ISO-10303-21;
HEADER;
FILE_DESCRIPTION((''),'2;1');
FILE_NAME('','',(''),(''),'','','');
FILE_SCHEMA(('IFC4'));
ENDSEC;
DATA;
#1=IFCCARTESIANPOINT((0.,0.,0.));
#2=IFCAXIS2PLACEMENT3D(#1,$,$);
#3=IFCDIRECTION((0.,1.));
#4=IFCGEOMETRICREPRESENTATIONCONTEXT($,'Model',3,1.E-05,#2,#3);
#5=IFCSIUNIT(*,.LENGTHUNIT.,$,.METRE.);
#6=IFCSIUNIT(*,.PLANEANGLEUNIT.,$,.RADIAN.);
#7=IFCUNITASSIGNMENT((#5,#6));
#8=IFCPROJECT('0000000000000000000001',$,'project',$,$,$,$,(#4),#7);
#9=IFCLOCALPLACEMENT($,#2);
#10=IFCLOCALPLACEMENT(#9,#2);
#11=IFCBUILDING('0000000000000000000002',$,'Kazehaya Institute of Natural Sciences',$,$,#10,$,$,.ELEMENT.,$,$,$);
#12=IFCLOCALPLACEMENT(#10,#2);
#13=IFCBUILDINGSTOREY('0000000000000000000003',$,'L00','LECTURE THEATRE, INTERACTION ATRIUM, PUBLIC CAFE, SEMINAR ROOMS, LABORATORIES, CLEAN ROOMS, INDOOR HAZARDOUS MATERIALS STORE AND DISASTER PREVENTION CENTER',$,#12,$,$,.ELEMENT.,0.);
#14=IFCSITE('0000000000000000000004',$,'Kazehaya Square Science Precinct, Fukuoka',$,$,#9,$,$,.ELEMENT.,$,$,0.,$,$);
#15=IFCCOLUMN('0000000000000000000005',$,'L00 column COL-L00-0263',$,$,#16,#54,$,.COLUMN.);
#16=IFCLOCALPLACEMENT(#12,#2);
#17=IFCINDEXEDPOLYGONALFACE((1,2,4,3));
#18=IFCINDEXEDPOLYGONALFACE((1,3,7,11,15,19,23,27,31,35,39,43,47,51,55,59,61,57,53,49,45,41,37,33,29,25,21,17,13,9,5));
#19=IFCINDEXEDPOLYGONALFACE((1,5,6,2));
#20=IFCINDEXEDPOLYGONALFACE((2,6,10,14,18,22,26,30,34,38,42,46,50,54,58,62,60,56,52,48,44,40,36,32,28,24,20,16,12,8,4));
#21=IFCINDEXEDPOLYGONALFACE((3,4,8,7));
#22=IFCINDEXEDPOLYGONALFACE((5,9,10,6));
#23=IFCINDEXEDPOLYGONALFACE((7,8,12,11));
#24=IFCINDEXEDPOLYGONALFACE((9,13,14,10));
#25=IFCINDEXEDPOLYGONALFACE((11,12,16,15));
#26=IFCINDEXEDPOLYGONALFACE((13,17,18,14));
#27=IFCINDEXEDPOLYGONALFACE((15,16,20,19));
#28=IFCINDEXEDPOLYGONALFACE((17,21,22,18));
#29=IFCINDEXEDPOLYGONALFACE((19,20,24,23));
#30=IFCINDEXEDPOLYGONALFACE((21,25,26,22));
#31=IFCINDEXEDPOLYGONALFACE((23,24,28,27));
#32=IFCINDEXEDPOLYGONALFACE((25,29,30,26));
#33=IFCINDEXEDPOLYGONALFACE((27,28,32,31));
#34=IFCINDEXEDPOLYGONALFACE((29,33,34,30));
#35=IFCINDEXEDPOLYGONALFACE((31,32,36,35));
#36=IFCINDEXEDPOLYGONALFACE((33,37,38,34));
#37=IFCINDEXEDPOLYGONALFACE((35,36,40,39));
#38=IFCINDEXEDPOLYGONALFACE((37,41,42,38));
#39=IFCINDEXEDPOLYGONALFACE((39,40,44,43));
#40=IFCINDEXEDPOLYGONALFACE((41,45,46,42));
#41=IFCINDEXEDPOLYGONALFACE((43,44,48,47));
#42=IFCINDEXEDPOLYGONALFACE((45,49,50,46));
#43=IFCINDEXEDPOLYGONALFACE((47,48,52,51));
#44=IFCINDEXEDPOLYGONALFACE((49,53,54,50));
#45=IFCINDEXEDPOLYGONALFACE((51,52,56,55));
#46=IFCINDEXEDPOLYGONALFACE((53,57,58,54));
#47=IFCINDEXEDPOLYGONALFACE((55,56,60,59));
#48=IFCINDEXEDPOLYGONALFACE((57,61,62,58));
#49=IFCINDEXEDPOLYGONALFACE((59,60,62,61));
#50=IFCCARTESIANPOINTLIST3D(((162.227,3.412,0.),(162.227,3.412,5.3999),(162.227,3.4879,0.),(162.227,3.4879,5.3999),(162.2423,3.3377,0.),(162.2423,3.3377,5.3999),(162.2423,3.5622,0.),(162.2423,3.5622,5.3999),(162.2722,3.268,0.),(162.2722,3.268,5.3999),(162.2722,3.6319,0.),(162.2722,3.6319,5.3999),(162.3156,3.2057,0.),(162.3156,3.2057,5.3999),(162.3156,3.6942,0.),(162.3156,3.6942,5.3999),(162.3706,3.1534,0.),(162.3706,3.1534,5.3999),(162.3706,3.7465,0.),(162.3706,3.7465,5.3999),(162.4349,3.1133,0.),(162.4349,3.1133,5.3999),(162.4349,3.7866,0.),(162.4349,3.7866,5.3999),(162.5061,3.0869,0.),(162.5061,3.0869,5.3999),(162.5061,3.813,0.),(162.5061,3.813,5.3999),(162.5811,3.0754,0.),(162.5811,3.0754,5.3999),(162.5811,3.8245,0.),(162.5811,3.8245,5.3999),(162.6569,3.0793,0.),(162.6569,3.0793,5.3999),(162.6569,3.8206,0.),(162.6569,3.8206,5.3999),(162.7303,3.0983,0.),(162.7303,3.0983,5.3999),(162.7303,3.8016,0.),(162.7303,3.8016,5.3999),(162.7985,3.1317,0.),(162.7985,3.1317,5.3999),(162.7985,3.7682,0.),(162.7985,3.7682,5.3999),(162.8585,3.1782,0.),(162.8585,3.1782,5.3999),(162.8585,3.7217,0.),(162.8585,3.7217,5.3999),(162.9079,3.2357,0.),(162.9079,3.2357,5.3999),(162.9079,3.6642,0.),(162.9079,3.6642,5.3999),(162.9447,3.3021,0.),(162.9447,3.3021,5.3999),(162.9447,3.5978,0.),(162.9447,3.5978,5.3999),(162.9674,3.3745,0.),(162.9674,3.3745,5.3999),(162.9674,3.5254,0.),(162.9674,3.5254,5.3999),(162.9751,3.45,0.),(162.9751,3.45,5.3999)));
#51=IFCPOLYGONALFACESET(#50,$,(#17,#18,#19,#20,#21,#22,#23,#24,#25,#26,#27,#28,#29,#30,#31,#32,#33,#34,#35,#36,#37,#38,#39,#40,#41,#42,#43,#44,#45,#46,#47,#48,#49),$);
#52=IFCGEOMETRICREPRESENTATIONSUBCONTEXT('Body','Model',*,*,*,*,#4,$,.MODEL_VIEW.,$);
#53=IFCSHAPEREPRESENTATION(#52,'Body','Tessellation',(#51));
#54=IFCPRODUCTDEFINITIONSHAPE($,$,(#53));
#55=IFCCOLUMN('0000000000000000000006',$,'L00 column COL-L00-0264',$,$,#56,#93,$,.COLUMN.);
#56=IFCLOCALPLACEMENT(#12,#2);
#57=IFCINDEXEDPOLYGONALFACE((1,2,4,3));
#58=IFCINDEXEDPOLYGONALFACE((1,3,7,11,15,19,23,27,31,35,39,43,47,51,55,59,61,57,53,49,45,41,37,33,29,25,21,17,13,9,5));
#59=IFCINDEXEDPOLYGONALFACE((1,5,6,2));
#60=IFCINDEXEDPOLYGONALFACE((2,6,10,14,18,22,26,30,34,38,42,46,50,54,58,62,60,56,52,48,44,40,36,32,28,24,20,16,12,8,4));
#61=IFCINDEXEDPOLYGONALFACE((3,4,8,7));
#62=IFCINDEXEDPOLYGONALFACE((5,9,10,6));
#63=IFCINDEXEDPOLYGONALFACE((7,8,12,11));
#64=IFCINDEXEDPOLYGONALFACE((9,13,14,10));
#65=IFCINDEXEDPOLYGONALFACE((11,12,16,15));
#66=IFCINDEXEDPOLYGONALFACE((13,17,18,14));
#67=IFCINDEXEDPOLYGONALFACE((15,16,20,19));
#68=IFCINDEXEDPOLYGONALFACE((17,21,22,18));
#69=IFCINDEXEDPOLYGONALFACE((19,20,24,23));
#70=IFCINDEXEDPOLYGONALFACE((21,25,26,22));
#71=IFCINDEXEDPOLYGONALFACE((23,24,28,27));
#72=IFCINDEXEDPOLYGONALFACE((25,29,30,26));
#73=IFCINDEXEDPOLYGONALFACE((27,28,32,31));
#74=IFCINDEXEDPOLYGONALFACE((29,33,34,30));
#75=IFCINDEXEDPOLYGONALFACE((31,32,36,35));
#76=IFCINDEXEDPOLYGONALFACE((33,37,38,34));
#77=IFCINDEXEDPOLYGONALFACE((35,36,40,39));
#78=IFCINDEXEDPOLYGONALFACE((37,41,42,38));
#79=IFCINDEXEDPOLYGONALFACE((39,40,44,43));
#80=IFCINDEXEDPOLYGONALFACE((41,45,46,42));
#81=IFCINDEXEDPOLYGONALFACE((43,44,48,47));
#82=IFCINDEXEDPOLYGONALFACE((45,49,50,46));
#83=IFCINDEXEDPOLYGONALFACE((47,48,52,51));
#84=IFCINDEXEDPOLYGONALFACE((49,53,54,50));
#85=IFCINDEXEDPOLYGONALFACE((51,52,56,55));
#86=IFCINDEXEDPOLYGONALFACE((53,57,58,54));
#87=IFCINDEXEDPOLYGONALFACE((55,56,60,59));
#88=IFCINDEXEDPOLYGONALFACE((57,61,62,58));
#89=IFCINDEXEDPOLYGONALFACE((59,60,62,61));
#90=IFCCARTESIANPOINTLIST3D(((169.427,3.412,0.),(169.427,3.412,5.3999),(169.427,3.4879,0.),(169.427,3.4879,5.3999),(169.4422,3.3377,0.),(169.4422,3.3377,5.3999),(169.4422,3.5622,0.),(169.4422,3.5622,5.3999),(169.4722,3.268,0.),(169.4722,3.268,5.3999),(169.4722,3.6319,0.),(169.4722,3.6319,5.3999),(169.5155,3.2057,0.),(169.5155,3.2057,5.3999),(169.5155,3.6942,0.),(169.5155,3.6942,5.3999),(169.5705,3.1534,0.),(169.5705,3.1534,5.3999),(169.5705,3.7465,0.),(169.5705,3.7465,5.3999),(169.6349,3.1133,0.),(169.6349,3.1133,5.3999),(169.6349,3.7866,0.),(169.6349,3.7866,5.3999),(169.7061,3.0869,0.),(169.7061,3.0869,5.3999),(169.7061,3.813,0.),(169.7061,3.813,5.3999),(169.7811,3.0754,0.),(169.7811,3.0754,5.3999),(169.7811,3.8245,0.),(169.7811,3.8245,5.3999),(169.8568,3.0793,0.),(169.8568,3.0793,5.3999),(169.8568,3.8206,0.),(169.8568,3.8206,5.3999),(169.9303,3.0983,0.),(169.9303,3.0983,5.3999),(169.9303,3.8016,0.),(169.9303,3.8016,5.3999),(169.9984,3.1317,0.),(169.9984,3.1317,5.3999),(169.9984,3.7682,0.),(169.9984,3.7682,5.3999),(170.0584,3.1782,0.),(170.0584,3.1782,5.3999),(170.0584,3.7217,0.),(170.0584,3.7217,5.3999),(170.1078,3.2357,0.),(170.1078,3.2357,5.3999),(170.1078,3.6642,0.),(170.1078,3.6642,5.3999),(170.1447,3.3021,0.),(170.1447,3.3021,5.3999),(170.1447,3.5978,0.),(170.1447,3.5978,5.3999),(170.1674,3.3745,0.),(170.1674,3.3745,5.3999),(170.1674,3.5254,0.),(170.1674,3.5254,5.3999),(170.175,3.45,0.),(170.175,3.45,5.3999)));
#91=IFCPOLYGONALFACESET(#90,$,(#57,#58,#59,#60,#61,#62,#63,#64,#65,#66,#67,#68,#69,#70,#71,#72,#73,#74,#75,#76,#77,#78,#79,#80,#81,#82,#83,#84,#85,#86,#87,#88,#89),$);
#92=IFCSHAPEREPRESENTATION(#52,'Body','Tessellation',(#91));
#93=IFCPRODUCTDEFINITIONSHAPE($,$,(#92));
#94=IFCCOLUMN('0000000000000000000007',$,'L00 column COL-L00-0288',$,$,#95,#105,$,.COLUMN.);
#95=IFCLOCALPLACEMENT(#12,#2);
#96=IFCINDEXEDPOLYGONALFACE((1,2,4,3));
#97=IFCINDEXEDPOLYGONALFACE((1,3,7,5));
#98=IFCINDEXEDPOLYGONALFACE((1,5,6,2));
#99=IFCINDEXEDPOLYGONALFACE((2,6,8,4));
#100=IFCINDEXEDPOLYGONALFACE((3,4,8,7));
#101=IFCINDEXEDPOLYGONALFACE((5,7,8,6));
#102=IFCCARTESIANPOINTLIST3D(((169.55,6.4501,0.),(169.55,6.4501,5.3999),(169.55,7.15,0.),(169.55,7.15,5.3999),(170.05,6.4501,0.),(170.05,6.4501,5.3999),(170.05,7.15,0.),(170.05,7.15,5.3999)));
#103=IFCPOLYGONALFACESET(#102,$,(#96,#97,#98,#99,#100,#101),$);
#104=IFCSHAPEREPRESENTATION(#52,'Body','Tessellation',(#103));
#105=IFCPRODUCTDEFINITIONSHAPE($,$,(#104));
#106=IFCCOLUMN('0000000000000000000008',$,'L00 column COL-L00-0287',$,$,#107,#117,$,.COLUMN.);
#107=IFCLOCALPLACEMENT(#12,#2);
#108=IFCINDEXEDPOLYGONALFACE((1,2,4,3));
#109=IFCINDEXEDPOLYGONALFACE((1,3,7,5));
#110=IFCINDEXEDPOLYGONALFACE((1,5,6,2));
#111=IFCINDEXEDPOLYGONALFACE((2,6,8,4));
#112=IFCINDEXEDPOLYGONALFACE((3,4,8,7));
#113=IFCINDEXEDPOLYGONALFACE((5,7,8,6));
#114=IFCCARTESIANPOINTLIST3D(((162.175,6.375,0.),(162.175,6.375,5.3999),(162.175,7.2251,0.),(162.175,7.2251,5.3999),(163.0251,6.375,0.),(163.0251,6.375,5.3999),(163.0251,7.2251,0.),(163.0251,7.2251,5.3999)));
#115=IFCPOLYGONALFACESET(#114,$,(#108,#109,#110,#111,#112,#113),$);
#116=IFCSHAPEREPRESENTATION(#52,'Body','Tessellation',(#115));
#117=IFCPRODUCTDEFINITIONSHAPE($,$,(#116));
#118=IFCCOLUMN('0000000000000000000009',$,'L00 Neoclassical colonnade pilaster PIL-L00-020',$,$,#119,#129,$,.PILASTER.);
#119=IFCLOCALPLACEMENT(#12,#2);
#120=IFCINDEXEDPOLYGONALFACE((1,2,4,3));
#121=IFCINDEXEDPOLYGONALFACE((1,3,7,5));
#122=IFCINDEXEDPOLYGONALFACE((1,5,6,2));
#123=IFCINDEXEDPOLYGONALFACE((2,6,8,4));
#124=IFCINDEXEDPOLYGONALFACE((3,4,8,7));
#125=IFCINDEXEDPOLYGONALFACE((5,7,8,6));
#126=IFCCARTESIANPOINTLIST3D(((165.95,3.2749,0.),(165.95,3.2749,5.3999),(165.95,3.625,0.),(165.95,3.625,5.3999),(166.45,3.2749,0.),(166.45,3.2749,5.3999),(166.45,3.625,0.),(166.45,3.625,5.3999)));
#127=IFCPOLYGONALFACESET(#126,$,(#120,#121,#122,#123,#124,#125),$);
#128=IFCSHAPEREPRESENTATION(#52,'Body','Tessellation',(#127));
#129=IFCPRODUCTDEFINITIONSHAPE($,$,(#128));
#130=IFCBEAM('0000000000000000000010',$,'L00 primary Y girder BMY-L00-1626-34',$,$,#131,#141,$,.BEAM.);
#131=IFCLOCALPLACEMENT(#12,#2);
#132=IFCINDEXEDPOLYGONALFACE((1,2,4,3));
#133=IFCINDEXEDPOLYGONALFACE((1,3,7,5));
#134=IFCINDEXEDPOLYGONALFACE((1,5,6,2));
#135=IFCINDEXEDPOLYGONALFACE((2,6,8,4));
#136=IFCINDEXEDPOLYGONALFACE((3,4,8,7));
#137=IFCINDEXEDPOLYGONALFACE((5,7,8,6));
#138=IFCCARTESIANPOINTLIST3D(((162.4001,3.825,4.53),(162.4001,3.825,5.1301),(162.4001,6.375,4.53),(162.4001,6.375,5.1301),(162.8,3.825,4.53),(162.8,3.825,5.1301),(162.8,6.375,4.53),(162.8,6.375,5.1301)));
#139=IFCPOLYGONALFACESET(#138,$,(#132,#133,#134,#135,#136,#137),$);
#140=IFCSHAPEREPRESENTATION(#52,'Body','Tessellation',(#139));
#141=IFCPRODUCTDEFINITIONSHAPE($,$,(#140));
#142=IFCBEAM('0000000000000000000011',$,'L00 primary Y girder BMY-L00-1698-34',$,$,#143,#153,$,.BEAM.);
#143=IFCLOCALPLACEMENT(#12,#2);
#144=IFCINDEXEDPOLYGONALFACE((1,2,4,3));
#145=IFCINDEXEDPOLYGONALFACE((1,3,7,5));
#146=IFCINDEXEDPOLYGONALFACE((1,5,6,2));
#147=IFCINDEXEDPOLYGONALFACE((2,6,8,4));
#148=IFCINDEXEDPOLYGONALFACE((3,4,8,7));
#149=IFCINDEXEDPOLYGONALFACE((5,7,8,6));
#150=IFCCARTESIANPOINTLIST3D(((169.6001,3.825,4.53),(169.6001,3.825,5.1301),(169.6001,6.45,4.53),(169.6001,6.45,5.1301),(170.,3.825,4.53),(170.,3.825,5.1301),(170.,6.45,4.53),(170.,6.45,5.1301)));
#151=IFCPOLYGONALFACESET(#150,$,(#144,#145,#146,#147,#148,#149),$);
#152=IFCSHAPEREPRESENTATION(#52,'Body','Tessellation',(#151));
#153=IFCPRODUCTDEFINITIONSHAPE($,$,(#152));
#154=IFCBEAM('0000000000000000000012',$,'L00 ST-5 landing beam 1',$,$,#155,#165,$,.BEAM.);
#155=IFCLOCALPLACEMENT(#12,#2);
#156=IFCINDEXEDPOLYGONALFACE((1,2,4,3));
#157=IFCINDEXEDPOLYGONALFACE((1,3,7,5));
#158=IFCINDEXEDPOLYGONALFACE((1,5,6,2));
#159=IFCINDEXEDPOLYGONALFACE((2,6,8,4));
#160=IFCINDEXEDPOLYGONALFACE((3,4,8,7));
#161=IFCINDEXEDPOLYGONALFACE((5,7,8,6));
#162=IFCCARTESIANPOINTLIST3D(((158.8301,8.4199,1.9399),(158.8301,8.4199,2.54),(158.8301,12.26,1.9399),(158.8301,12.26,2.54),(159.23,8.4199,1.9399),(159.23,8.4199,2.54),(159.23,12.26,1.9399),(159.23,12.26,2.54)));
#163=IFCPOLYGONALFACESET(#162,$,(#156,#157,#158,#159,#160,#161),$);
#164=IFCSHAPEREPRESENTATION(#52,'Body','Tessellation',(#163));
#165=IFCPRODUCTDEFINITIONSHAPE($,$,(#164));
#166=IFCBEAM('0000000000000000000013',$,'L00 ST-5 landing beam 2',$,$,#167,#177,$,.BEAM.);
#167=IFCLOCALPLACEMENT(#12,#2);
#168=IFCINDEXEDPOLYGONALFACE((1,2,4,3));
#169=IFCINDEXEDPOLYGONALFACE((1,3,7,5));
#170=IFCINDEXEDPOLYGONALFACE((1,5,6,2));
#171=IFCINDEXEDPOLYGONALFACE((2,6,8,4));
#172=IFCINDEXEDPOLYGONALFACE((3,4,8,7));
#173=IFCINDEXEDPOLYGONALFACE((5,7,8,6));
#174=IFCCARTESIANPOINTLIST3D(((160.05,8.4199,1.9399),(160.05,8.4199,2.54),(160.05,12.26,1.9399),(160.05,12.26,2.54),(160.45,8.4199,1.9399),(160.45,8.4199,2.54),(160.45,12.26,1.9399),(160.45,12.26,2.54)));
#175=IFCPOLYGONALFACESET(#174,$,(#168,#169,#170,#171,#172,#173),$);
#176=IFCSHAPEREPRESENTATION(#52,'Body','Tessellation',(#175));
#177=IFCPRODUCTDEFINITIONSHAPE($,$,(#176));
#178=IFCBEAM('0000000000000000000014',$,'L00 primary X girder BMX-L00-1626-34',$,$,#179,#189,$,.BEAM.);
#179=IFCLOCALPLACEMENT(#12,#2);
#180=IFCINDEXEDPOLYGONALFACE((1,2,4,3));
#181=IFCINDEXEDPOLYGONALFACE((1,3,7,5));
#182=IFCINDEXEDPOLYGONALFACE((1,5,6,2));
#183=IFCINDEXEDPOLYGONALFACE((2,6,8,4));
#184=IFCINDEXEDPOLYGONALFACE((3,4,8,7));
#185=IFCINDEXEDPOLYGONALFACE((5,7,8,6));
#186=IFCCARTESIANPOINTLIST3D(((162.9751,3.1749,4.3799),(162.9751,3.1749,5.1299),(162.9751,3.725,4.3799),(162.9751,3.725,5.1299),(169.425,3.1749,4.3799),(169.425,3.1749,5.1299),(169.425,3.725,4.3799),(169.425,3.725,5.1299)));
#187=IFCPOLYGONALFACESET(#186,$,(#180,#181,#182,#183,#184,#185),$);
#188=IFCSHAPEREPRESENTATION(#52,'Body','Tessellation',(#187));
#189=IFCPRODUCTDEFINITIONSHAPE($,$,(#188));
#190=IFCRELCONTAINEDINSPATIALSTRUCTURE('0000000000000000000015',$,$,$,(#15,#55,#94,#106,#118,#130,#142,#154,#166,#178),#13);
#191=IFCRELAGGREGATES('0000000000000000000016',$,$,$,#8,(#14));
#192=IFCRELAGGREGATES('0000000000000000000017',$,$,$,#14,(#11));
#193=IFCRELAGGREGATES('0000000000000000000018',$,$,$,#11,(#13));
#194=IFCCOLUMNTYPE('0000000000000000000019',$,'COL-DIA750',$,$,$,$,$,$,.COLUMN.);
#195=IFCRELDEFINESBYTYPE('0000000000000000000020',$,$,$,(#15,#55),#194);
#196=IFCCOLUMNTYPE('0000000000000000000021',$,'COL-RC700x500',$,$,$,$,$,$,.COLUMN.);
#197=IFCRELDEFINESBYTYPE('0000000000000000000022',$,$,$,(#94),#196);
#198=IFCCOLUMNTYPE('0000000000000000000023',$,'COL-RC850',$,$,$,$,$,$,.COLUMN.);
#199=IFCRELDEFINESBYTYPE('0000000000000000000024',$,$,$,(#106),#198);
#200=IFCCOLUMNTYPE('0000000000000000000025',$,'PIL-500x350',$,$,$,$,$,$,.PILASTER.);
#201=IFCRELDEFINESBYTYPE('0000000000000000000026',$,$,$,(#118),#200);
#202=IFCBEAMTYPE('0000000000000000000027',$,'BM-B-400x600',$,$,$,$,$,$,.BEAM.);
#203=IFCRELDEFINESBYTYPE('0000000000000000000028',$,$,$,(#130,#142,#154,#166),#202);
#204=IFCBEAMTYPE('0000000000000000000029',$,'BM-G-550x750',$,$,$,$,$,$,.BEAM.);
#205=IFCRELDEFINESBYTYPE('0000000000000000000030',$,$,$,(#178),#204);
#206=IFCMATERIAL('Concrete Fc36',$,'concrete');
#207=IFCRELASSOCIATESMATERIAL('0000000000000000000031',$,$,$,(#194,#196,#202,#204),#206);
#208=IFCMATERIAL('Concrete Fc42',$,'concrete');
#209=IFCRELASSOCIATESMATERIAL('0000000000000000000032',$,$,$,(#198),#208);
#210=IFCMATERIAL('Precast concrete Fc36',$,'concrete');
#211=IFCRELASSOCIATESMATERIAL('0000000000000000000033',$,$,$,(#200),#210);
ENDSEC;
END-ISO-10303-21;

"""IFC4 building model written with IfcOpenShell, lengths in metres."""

from ifc_helpers import new_model, si_unit, direction, frame, origin, origin_2d, place, context, subcontext, project, spatial, rectangle, circle, extrude, material, material_profile, profile_set, type_object, element, save


model = new_model("IFC4")

# Units and contexts
model_context = context("Model", 3, precision=1e-05, world=origin(), true_north=direction((0.0, 1.0)))
body_context = subcontext(model_context, "Body", "Model", "MODEL_VIEW")
ifc_project = project(units=[si_unit("LENGTHUNIT", "METRE"), si_unit("PLANEANGLEUNIT", "RADIAN")], contexts=[model_context])

# Site, building, storey
site_placement = place(None, origin())
site = spatial("IfcSite", under=ifc_project, at=site_placement, Name="Kazehaya Square Science Precinct, Fukuoka", CompositionType="ELEMENT", RefElevation=0.0)
building_placement = place(site_placement, origin())
building = spatial("IfcBuilding", under=site, at=building_placement, Name="Kazehaya Institute of Natural Sciences", CompositionType="ELEMENT")
storey_placement = place(building_placement, origin())
storey = spatial("IfcBuildingStorey", under=building, at=storey_placement, Name="L00", Description="LECTURE THEATRE, INTERACTION ATRIUM, PUBLIC CAFE, SEMINAR ROOMS, LABORATORIES, CLEAN ROOMS, INDOOR HAZARDOUS MATERIALS STORE AND DISASTER PREVENTION CENTER", CompositionType="ELEMENT", Elevation=0.0)

# Columns
ifc_material_1 = material(Name="Concrete Fc36", Category="concrete")
ifc_material_profile_1 = material_profile(ifc_material_1, circle(Radius=0.375, at=origin_2d()), Name="RC-DIA750")
ifc_profile_set_1 = profile_set([ifc_material_profile_1], Name="Concrete Fc36")
column_type_1 = type_object("IfcColumnType", Name="COL-DIA750", PredefinedType="COLUMN", material=ifc_profile_set_1)
for number, where, z_axis, x_axis, name in (
    (1, (162.6001, 3.45, 0.0), (0.0, 0.0, 1.0), (1.0, 0.0, 0.0), "L00 column COL-L00-0263"),
    (2, (169.8, 3.45, 0.0), (0.0, 0.0, 1.0), (1.0, 0.0, 0.0), "L00 column COL-L00-0264"),
):
    element("IfcColumn", number, at=place(storey_placement, frame(where, z_axis=z_axis, x_axis=x_axis)), inside=storey, type_object=column_type_1, Name=name, PredefinedType="COLUMN", context=body_context, shape_type="SweptSolid", body=[
        extrude(circle(Radius=0.375, at=origin_2d()), origin(), (0.0, 0.0, 1.0), 5.3999),
    ])
ifc_material_profile_2 = material_profile(ifc_material_1, rectangle(XDim=0.5, YDim=0.7, at=origin_2d()), Name="RC-700x500")
ifc_profile_set_2 = profile_set([ifc_material_profile_2], Name="Concrete Fc36")
column_type_2 = type_object("IfcColumnType", Name="COL-RC700x500", PredefinedType="COLUMN", material=ifc_profile_set_2)
column_1_placement = place(storey_placement, frame((169.8, 6.8, 0.0), z_axis=(0.0, 0.0, 1.0), x_axis=(1.0, 0.0, 0.0)))
element("IfcColumn", 3, at=column_1_placement, inside=storey, type_object=column_type_2, Name="L00 column COL-L00-0288", PredefinedType="COLUMN", context=body_context, shape_type="SweptSolid", body=[
    extrude(rectangle(XDim=0.5, YDim=0.7, at=origin_2d()), origin(), (0.0, 0.0, 1.0), 5.3999),
])
ifc_material_2 = material(Name="Concrete Fc42", Category="concrete")
ifc_material_profile_3 = material_profile(ifc_material_2, rectangle(XDim=0.8501, YDim=0.8501, at=origin_2d()), Name="RC-850x850")
ifc_profile_set_3 = profile_set([ifc_material_profile_3], Name="Concrete Fc42")
column_type_3 = type_object("IfcColumnType", Name="COL-RC850", PredefinedType="COLUMN", material=ifc_profile_set_3)
column_2_placement = place(storey_placement, frame((162.6001, 6.8, 0.0), z_axis=(0.0, 0.0, 1.0), x_axis=(1.0, 0.0, 0.0)))
element("IfcColumn", 4, at=column_2_placement, inside=storey, type_object=column_type_3, Name="L00 column COL-L00-0287", PredefinedType="COLUMN", context=body_context, shape_type="SweptSolid", body=[
    extrude(rectangle(XDim=0.8501, YDim=0.8501, at=origin_2d()), origin(), (0.0, 0.0, 1.0), 5.3999),
])
ifc_material_3 = material(Name="Precast concrete Fc36", Category="concrete")
ifc_material_profile_4 = material_profile(ifc_material_3, rectangle(XDim=0.5, YDim=0.3501, at=origin_2d()), Name="RC-PIL-500x350")
ifc_profile_set_4 = profile_set([ifc_material_profile_4], Name="Precast concrete Fc36")
column_type_4 = type_object("IfcColumnType", Name="PIL-500x350", PredefinedType="PILASTER", material=ifc_profile_set_4)
column_3_placement = place(storey_placement, frame((166.2, 3.45, 0.0), z_axis=(0.0, 0.0, 1.0), x_axis=(1.0, 0.0, 0.0)))
element("IfcColumn", 5, at=column_3_placement, inside=storey, type_object=column_type_4, Name="L00 Neoclassical colonnade pilaster PIL-L00-020", PredefinedType="PILASTER", context=body_context, shape_type="SweptSolid", body=[
    extrude(rectangle(XDim=0.5, YDim=0.3501, at=origin_2d()), origin(), (0.0, 0.0, 1.0), 5.3999),
])

# Beams
ifc_material_profile_5 = material_profile(ifc_material_1, rectangle(XDim=0.3999, YDim=0.6001, at=origin_2d()), Name="RC-400x600")
ifc_profile_set_5 = profile_set([ifc_material_profile_5], Name="Concrete Fc36")
beam_type_1 = type_object("IfcBeamType", Name="BM-B-400x600", PredefinedType="BEAM", material=ifc_profile_set_5)
beam_1_placement = place(storey_placement, frame((162.6001, 3.825, 4.8301), z_axis=(0.0, 1.0, 0.0), x_axis=(-1.0, 0.0, 0.0)))
element("IfcBeam", 6, at=beam_1_placement, inside=storey, type_object=beam_type_1, Name="L00 primary Y girder BMY-L00-1626-34", PredefinedType="BEAM", context=body_context, shape_type="SweptSolid", body=[
    extrude(rectangle(XDim=0.3999, YDim=0.6001, at=origin_2d()), origin(), (0.0, 0.0, 1.0), 2.55),
])
beam_2_placement = place(storey_placement, frame((169.8, 3.825, 4.8301), z_axis=(0.0, 1.0, 0.0), x_axis=(-1.0, 0.0, 0.0)))
element("IfcBeam", 7, at=beam_2_placement, inside=storey, type_object=beam_type_1, Name="L00 primary Y girder BMY-L00-1698-34", PredefinedType="BEAM", context=body_context, shape_type="SweptSolid", body=[
    extrude(rectangle(XDim=0.3999, YDim=0.6001, at=origin_2d()), origin(), (0.0, 0.0, 1.0), 2.625),
])
for number, where, z_axis, x_axis, name in (
    (8, (159.03, 8.4199, 2.24), (0.0, 1.0, 0.0), (-1.0, 0.0, 0.0), "L00 ST-5 landing beam 1"),
    (9, (160.25, 8.4199, 2.24), (0.0, 1.0, 0.0), (-1.0, 0.0, 0.0), "L00 ST-5 landing beam 2"),
):
    element("IfcBeam", number, at=place(storey_placement, frame(where, z_axis=z_axis, x_axis=x_axis)), inside=storey, type_object=beam_type_1, Name=name, PredefinedType="BEAM", context=body_context, shape_type="SweptSolid", body=[
        extrude(rectangle(XDim=0.3999, YDim=0.6001, at=origin_2d()), origin(), (0.0, 0.0, 1.0), 3.8401),
    ])
ifc_material_profile_6 = material_profile(ifc_material_1, rectangle(XDim=0.55, YDim=0.75, at=origin_2d()), Name="RC-550x750")
ifc_profile_set_6 = profile_set([ifc_material_profile_6], Name="Concrete Fc36")
beam_type_2 = type_object("IfcBeamType", Name="BM-G-550x750", PredefinedType="BEAM", material=ifc_profile_set_6)
beam_3_placement = place(storey_placement, frame((162.9751, 3.45, 4.7549), z_axis=(1.0, 0.0, 0.0), x_axis=(0.0, 1.0, 0.0)))
element("IfcBeam", 10, at=beam_3_placement, inside=storey, type_object=beam_type_2, Name="L00 primary X girder BMX-L00-1626-34", PredefinedType="BEAM", context=body_context, shape_type="SweptSolid", body=[
    extrude(rectangle(XDim=0.55, YDim=0.75, at=origin_2d()), origin(), (0.0, 0.0, 1.0), 6.45),
])

save(model, "model.ifc")
